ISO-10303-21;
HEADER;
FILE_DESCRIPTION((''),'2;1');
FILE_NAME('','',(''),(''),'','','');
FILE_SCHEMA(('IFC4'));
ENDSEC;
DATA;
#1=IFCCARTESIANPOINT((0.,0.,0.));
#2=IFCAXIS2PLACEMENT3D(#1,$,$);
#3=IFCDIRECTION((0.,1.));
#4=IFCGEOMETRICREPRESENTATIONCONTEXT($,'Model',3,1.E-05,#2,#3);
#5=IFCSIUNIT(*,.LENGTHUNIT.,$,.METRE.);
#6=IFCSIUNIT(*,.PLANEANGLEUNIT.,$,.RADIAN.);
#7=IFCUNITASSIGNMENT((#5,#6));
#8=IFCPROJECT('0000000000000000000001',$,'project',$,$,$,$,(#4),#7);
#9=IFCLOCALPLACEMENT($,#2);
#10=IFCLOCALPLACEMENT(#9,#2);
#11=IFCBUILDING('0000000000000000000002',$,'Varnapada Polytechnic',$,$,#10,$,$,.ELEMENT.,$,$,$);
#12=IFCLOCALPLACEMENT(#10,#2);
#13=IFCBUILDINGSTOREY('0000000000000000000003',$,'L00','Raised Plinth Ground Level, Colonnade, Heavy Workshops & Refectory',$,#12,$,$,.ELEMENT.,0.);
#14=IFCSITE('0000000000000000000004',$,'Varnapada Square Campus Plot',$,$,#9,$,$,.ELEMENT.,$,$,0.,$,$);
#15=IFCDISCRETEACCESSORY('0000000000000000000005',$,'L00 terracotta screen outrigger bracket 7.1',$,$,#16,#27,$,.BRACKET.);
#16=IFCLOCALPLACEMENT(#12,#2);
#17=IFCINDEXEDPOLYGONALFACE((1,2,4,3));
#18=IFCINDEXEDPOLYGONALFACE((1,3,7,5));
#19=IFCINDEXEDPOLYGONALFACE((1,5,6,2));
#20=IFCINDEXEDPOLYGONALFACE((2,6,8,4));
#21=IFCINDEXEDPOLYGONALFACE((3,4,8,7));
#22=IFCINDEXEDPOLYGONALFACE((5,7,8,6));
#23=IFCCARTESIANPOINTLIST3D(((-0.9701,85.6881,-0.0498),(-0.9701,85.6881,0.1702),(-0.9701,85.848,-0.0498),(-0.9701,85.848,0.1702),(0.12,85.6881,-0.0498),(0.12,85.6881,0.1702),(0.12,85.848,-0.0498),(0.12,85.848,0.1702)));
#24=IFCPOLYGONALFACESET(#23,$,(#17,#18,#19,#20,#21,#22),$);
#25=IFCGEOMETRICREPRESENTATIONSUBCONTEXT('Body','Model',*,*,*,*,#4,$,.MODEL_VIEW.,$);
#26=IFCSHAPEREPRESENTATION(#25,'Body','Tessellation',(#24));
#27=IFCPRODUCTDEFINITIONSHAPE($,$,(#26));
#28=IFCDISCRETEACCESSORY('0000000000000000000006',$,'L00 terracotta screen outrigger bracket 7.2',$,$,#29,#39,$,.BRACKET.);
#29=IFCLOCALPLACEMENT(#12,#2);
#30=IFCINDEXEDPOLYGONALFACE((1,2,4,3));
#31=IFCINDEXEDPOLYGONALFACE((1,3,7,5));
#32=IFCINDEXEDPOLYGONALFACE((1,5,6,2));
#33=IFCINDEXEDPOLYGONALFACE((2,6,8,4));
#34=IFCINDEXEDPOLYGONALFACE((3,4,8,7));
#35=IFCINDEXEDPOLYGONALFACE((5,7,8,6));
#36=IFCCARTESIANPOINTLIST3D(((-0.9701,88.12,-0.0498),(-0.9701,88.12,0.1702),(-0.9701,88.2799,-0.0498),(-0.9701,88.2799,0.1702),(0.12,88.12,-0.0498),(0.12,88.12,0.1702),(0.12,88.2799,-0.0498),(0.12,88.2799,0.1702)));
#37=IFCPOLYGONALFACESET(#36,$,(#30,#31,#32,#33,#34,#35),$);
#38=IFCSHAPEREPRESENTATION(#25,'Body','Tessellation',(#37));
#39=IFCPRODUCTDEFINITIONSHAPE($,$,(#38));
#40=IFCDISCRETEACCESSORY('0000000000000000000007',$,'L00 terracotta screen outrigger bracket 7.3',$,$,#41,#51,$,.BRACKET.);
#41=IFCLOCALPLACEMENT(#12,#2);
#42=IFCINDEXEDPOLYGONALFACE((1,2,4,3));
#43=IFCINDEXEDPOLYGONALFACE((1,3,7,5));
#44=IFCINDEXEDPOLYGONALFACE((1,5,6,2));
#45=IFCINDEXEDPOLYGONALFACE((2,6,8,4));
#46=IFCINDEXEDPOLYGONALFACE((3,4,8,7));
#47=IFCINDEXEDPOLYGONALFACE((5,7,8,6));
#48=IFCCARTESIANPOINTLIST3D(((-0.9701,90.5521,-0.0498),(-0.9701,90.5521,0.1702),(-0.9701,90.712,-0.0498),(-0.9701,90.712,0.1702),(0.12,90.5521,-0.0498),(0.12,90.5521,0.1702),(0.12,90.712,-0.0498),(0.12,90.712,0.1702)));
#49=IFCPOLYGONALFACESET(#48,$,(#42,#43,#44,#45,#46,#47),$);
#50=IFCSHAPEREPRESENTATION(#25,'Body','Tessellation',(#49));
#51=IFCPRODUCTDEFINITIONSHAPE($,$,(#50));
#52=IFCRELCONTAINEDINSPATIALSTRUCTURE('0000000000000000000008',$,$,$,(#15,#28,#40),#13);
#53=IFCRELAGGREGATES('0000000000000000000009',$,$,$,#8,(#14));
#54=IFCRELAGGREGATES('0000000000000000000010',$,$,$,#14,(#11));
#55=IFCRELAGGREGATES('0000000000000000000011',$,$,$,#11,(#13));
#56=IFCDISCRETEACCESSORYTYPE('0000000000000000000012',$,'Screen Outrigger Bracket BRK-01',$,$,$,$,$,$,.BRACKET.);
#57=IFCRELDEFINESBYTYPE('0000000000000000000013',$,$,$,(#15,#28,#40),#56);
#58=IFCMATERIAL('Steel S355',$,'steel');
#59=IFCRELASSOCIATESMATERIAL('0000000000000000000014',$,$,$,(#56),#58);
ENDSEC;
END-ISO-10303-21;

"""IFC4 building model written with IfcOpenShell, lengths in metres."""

from ifc_helpers import new_model, si_unit, direction, frame, origin, origin_2d, place, context, subcontext, project, spatial, rectangle, extrude, material, type_object, element, save


model = new_model("IFC4")

# Units and contexts
model_context = context("Model", 3, precision=1e-05, world=origin(), true_north=direction((0.0, 1.0)))
body_context = subcontext(model_context, "Body", "Model", "MODEL_VIEW")
ifc_project = project(units=[si_unit("LENGTHUNIT", "METRE"), si_unit("PLANEANGLEUNIT", "RADIAN")], contexts=[model_context])

# Site, building, storey
site_placement = place(None, origin())
site = spatial("IfcSite", under=ifc_project, at=site_placement, Name="Varnapada Square Campus Plot", CompositionType="ELEMENT", RefElevation=0.0)
building_placement = place(site_placement, origin())
building = spatial("IfcBuilding", under=site, at=building_placement, Name="Varnapada Polytechnic", CompositionType="ELEMENT")
storey_placement = place(building_placement, origin())
storey = spatial("IfcBuildingStorey", under=building, at=storey_placement, Name="L00", Description="Raised Plinth Ground Level, Colonnade, Heavy Workshops & Refectory", CompositionType="ELEMENT", Elevation=0.0)

# Discrete accessories
ifc_material_1 = material(Name="Steel S355", Category="steel")
discrete_accessory_type = type_object("IfcDiscreteAccessoryType", Name="Screen Outrigger Bracket BRK-01", PredefinedType="BRACKET", material=ifc_material_1)
for number, where, z_axis, x_axis, name in (
    (1, (-0.425, 85.7681, -0.0498), (0.0, 0.0, 1.0), (0.0, 1.0, 0.0), "L00 terracotta screen outrigger bracket 7.1"),
    (2, (-0.425, 88.2, -0.0498), (0.0, 0.0, 1.0), (0.0, 1.0, 0.0), "L00 terracotta screen outrigger bracket 7.2"),
    (3, (-0.425, 90.6321, -0.0498), (0.0, 0.0, 1.0), (0.0, 1.0, 0.0), "L00 terracotta screen outrigger bracket 7.3"),
):
    element("IfcDiscreteAccessory", number, at=place(storey_placement, frame(where, z_axis=z_axis, x_axis=x_axis)), inside=storey, type_object=discrete_accessory_type, Name=name, PredefinedType="BRACKET", context=body_context, shape_type="SweptSolid", body=[
        extrude(rectangle(XDim=0.1599, YDim=1.0901, at=origin_2d()), origin(), (0.0, 0.0, 1.0), 0.22),
    ])

save(model, "model.ifc")
